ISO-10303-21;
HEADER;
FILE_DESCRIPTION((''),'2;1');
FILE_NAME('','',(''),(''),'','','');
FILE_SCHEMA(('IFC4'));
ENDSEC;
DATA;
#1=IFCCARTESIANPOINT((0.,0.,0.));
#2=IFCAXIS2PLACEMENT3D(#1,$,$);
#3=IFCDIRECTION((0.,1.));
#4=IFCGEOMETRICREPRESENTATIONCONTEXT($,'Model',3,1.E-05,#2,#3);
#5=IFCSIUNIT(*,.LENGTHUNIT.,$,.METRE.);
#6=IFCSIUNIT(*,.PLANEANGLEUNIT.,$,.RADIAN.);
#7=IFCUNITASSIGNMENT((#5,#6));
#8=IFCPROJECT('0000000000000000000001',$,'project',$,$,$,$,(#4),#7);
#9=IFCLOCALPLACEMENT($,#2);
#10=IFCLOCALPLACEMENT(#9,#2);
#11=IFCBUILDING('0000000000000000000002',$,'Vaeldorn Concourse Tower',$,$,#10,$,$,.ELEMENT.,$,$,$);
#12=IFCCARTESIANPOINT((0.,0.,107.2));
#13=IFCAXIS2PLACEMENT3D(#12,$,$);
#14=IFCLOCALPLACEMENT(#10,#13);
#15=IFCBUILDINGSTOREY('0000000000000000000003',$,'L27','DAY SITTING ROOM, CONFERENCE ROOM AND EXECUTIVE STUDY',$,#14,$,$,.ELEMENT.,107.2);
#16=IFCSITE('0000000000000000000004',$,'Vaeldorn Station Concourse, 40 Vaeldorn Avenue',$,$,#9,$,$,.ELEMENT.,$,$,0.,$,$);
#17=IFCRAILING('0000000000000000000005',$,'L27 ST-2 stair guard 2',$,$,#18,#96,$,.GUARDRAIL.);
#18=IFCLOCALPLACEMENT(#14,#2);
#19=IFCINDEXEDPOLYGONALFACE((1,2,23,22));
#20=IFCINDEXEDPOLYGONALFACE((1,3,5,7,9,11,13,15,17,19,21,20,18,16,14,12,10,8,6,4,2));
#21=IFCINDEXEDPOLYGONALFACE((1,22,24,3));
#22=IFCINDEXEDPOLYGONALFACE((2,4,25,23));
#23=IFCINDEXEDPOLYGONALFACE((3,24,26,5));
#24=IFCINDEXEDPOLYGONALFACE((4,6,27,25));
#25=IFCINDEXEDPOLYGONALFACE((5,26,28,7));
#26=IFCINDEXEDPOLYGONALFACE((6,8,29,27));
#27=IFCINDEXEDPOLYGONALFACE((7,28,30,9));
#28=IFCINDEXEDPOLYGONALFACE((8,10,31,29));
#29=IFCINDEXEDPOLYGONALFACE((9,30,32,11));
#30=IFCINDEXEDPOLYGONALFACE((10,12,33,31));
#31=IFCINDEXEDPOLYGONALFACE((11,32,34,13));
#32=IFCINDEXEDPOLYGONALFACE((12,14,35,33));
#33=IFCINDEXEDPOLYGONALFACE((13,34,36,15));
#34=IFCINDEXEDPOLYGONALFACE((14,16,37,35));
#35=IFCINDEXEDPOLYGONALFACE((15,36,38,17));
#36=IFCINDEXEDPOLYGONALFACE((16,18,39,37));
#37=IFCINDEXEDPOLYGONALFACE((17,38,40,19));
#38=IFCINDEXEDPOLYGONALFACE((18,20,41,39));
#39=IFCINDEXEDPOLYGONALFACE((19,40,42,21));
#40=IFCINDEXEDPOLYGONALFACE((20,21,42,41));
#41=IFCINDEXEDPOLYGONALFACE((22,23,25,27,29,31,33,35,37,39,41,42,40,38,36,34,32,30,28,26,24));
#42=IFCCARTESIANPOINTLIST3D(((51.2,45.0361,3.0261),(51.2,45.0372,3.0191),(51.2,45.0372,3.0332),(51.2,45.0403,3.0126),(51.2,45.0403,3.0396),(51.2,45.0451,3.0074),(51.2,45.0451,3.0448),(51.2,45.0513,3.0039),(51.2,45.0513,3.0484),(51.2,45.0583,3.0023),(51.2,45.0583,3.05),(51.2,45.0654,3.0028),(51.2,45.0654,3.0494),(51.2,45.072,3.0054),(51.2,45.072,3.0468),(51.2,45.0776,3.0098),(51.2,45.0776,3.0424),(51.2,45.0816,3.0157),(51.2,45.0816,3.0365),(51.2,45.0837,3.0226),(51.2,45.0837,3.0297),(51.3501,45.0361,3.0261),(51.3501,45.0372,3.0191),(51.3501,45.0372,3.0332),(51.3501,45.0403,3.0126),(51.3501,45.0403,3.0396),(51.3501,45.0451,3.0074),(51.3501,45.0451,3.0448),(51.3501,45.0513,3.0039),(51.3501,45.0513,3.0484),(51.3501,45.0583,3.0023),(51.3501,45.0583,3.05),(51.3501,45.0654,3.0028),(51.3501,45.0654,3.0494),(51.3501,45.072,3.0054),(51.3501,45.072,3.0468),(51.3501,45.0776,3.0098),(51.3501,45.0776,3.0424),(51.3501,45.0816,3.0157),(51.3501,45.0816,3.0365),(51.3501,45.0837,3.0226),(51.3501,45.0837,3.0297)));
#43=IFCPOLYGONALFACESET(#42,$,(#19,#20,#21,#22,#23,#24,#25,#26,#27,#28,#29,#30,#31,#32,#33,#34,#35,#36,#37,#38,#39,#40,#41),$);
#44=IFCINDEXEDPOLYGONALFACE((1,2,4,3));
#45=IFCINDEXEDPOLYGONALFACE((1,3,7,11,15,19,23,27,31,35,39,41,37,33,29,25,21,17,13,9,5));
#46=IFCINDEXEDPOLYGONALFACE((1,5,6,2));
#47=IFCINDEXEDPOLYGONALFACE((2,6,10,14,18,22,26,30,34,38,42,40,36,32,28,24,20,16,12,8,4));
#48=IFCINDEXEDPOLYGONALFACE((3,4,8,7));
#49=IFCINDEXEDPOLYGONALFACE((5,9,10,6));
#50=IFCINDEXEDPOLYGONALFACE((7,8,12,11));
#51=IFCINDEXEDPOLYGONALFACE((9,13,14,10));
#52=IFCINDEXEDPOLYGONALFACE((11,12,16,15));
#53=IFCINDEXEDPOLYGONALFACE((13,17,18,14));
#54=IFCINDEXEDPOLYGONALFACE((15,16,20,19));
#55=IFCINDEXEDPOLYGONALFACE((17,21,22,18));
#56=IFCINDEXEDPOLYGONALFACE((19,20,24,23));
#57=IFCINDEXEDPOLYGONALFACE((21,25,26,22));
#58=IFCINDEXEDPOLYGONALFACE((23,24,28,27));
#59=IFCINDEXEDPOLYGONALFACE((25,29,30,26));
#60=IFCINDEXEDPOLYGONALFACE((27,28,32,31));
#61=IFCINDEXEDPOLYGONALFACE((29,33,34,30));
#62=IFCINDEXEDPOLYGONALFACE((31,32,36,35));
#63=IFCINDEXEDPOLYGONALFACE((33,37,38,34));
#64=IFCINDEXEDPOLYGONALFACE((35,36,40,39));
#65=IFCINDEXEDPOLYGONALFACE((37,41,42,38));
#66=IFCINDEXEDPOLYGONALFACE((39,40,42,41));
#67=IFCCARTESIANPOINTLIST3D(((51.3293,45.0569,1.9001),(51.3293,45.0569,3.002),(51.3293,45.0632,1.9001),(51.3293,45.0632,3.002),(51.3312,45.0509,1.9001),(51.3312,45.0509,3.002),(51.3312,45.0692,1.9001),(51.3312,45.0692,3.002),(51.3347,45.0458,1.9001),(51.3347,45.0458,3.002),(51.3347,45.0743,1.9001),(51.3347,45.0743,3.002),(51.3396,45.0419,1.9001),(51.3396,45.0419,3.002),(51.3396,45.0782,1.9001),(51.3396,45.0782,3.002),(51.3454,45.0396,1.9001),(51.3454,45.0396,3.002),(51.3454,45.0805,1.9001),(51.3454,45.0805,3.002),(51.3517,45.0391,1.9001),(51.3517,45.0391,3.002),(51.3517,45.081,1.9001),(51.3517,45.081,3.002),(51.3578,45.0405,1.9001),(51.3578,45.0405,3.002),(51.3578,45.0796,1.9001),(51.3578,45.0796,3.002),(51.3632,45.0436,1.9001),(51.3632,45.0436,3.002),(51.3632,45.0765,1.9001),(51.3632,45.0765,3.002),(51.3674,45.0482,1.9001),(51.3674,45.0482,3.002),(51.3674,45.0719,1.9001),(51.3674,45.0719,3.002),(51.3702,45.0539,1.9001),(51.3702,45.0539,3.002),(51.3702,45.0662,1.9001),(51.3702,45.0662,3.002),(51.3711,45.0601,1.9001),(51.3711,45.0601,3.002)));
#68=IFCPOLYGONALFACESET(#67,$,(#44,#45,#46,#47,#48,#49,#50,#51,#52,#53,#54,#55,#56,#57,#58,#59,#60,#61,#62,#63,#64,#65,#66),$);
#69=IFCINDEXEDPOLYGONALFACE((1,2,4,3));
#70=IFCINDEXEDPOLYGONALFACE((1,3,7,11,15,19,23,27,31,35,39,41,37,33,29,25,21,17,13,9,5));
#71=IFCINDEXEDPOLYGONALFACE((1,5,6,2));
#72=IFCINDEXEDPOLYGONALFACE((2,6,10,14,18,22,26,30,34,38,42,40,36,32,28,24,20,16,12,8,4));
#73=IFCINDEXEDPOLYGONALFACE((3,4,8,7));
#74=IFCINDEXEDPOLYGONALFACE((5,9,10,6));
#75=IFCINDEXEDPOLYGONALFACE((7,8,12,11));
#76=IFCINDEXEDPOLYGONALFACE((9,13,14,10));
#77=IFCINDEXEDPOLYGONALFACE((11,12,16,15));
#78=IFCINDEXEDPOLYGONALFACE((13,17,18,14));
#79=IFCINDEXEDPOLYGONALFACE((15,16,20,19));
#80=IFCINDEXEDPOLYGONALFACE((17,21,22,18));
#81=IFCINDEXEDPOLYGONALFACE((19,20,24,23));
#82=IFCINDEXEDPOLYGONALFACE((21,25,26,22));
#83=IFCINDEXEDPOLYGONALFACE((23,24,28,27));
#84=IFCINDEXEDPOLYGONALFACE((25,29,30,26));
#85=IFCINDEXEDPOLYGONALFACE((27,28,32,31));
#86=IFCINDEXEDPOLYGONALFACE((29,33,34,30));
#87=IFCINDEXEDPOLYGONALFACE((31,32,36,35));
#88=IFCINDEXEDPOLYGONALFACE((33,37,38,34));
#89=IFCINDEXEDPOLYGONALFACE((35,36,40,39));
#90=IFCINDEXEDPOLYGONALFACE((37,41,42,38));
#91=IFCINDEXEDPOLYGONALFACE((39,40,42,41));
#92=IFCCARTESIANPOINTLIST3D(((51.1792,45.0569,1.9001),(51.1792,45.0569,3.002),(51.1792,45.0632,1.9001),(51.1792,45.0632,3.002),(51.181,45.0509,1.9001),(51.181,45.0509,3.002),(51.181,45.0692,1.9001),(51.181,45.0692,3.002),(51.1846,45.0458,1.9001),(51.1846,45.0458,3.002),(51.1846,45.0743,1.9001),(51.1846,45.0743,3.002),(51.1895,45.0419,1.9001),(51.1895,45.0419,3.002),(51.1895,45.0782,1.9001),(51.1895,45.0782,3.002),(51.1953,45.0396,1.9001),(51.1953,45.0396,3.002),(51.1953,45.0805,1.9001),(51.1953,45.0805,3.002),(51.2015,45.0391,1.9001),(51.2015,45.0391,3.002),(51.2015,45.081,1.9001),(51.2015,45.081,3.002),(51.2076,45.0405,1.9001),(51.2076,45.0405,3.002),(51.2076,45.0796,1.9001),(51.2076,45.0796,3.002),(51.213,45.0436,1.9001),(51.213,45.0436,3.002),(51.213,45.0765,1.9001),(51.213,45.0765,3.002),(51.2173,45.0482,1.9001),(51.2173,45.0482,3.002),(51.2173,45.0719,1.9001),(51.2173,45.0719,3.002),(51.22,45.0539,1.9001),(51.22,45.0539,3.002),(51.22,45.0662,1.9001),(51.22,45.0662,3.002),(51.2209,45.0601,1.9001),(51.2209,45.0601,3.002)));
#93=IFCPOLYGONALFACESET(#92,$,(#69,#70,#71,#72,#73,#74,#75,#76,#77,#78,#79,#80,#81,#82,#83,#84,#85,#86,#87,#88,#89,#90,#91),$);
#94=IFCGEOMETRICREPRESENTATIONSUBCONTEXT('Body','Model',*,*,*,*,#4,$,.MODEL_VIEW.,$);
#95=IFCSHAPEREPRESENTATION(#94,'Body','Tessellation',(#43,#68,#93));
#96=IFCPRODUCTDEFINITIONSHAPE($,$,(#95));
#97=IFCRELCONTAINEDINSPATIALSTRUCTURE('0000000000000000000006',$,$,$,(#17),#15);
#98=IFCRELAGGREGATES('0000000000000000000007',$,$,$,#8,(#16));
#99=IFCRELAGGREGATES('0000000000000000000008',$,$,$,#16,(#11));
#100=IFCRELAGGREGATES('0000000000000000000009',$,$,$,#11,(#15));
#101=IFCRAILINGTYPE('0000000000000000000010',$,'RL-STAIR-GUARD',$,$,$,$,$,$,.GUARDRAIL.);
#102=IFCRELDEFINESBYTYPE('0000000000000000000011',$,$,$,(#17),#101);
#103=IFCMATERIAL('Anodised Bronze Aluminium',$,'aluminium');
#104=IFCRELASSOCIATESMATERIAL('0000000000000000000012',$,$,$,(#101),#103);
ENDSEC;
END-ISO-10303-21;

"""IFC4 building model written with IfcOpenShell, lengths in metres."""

from ifc_helpers import new_model, si_unit, direction, frame, origin, origin_2d, place, context, subcontext, project, spatial, circle, extrude, material, type_object, element, save


model = new_model("IFC4")

# Units and contexts
model_context = context("Model", 3, precision=1e-05, world=origin(), true_north=direction((0.0, 1.0)))
body_context = subcontext(model_context, "Body", "Model", "MODEL_VIEW")
ifc_project = project(units=[si_unit("LENGTHUNIT", "METRE"), si_unit("PLANEANGLEUNIT", "RADIAN")], contexts=[model_context])

# Site, building, storey
site_placement = place(None, origin())
site = spatial("IfcSite", under=ifc_project, at=site_placement, Name="Vaeldorn Station Concourse, 40 Vaeldorn Avenue", CompositionType="ELEMENT", RefElevation=0.0)
building_placement = place(site_placement, origin())
building = spatial("IfcBuilding", under=site, at=building_placement, Name="Vaeldorn Concourse Tower", CompositionType="ELEMENT")
storey_placement = place(building_placement, frame((0.0, 0.0, 107.2)))
storey = spatial("IfcBuildingStorey", under=building, at=storey_placement, Name="L27", Description="DAY SITTING ROOM, CONFERENCE ROOM AND EXECUTIVE STUDY", CompositionType="ELEMENT", Elevation=107.2)

# Shared definitions
ifc_material_1 = material(Name="Anodised Bronze Aluminium", Category="aluminium")

# Railing
railing_type_1 = type_object("IfcRailingType", Name="RL-STAIR-GUARD", PredefinedType="GUARDRAIL", material=ifc_material_1)
railing_1_placement = place(storey_placement, frame((51.3501, 45.0601, 1.9001)))
element("IfcRailing", 1, at=railing_1_placement, inside=storey, type_object=railing_type_1, Name="L27 ST-2 stair guard 2", PredefinedType="GUARDRAIL", context=body_context, shape_type="SweptSolid", body=[
    extrude(circle(Radius=0.0239, at=origin_2d()), frame((0.0, 0.0, 1.126), z_axis=(-1.0, 0.0, 0.0), x_axis=(0.0, -1.0, 0.0)), (0.0, 0.0, 1.0), 0.1501),
    extrude(circle(Radius=0.021, at=origin_2d()), origin(), (0.0, 0.0, 1.0), 1.1018),
    extrude(circle(Radius=0.021, at=origin_2d()), frame((-0.1501, 0.0, 0.0)), (0.0, 0.0, 1.0), 1.1018),
])

save(model, "model.ifc")
